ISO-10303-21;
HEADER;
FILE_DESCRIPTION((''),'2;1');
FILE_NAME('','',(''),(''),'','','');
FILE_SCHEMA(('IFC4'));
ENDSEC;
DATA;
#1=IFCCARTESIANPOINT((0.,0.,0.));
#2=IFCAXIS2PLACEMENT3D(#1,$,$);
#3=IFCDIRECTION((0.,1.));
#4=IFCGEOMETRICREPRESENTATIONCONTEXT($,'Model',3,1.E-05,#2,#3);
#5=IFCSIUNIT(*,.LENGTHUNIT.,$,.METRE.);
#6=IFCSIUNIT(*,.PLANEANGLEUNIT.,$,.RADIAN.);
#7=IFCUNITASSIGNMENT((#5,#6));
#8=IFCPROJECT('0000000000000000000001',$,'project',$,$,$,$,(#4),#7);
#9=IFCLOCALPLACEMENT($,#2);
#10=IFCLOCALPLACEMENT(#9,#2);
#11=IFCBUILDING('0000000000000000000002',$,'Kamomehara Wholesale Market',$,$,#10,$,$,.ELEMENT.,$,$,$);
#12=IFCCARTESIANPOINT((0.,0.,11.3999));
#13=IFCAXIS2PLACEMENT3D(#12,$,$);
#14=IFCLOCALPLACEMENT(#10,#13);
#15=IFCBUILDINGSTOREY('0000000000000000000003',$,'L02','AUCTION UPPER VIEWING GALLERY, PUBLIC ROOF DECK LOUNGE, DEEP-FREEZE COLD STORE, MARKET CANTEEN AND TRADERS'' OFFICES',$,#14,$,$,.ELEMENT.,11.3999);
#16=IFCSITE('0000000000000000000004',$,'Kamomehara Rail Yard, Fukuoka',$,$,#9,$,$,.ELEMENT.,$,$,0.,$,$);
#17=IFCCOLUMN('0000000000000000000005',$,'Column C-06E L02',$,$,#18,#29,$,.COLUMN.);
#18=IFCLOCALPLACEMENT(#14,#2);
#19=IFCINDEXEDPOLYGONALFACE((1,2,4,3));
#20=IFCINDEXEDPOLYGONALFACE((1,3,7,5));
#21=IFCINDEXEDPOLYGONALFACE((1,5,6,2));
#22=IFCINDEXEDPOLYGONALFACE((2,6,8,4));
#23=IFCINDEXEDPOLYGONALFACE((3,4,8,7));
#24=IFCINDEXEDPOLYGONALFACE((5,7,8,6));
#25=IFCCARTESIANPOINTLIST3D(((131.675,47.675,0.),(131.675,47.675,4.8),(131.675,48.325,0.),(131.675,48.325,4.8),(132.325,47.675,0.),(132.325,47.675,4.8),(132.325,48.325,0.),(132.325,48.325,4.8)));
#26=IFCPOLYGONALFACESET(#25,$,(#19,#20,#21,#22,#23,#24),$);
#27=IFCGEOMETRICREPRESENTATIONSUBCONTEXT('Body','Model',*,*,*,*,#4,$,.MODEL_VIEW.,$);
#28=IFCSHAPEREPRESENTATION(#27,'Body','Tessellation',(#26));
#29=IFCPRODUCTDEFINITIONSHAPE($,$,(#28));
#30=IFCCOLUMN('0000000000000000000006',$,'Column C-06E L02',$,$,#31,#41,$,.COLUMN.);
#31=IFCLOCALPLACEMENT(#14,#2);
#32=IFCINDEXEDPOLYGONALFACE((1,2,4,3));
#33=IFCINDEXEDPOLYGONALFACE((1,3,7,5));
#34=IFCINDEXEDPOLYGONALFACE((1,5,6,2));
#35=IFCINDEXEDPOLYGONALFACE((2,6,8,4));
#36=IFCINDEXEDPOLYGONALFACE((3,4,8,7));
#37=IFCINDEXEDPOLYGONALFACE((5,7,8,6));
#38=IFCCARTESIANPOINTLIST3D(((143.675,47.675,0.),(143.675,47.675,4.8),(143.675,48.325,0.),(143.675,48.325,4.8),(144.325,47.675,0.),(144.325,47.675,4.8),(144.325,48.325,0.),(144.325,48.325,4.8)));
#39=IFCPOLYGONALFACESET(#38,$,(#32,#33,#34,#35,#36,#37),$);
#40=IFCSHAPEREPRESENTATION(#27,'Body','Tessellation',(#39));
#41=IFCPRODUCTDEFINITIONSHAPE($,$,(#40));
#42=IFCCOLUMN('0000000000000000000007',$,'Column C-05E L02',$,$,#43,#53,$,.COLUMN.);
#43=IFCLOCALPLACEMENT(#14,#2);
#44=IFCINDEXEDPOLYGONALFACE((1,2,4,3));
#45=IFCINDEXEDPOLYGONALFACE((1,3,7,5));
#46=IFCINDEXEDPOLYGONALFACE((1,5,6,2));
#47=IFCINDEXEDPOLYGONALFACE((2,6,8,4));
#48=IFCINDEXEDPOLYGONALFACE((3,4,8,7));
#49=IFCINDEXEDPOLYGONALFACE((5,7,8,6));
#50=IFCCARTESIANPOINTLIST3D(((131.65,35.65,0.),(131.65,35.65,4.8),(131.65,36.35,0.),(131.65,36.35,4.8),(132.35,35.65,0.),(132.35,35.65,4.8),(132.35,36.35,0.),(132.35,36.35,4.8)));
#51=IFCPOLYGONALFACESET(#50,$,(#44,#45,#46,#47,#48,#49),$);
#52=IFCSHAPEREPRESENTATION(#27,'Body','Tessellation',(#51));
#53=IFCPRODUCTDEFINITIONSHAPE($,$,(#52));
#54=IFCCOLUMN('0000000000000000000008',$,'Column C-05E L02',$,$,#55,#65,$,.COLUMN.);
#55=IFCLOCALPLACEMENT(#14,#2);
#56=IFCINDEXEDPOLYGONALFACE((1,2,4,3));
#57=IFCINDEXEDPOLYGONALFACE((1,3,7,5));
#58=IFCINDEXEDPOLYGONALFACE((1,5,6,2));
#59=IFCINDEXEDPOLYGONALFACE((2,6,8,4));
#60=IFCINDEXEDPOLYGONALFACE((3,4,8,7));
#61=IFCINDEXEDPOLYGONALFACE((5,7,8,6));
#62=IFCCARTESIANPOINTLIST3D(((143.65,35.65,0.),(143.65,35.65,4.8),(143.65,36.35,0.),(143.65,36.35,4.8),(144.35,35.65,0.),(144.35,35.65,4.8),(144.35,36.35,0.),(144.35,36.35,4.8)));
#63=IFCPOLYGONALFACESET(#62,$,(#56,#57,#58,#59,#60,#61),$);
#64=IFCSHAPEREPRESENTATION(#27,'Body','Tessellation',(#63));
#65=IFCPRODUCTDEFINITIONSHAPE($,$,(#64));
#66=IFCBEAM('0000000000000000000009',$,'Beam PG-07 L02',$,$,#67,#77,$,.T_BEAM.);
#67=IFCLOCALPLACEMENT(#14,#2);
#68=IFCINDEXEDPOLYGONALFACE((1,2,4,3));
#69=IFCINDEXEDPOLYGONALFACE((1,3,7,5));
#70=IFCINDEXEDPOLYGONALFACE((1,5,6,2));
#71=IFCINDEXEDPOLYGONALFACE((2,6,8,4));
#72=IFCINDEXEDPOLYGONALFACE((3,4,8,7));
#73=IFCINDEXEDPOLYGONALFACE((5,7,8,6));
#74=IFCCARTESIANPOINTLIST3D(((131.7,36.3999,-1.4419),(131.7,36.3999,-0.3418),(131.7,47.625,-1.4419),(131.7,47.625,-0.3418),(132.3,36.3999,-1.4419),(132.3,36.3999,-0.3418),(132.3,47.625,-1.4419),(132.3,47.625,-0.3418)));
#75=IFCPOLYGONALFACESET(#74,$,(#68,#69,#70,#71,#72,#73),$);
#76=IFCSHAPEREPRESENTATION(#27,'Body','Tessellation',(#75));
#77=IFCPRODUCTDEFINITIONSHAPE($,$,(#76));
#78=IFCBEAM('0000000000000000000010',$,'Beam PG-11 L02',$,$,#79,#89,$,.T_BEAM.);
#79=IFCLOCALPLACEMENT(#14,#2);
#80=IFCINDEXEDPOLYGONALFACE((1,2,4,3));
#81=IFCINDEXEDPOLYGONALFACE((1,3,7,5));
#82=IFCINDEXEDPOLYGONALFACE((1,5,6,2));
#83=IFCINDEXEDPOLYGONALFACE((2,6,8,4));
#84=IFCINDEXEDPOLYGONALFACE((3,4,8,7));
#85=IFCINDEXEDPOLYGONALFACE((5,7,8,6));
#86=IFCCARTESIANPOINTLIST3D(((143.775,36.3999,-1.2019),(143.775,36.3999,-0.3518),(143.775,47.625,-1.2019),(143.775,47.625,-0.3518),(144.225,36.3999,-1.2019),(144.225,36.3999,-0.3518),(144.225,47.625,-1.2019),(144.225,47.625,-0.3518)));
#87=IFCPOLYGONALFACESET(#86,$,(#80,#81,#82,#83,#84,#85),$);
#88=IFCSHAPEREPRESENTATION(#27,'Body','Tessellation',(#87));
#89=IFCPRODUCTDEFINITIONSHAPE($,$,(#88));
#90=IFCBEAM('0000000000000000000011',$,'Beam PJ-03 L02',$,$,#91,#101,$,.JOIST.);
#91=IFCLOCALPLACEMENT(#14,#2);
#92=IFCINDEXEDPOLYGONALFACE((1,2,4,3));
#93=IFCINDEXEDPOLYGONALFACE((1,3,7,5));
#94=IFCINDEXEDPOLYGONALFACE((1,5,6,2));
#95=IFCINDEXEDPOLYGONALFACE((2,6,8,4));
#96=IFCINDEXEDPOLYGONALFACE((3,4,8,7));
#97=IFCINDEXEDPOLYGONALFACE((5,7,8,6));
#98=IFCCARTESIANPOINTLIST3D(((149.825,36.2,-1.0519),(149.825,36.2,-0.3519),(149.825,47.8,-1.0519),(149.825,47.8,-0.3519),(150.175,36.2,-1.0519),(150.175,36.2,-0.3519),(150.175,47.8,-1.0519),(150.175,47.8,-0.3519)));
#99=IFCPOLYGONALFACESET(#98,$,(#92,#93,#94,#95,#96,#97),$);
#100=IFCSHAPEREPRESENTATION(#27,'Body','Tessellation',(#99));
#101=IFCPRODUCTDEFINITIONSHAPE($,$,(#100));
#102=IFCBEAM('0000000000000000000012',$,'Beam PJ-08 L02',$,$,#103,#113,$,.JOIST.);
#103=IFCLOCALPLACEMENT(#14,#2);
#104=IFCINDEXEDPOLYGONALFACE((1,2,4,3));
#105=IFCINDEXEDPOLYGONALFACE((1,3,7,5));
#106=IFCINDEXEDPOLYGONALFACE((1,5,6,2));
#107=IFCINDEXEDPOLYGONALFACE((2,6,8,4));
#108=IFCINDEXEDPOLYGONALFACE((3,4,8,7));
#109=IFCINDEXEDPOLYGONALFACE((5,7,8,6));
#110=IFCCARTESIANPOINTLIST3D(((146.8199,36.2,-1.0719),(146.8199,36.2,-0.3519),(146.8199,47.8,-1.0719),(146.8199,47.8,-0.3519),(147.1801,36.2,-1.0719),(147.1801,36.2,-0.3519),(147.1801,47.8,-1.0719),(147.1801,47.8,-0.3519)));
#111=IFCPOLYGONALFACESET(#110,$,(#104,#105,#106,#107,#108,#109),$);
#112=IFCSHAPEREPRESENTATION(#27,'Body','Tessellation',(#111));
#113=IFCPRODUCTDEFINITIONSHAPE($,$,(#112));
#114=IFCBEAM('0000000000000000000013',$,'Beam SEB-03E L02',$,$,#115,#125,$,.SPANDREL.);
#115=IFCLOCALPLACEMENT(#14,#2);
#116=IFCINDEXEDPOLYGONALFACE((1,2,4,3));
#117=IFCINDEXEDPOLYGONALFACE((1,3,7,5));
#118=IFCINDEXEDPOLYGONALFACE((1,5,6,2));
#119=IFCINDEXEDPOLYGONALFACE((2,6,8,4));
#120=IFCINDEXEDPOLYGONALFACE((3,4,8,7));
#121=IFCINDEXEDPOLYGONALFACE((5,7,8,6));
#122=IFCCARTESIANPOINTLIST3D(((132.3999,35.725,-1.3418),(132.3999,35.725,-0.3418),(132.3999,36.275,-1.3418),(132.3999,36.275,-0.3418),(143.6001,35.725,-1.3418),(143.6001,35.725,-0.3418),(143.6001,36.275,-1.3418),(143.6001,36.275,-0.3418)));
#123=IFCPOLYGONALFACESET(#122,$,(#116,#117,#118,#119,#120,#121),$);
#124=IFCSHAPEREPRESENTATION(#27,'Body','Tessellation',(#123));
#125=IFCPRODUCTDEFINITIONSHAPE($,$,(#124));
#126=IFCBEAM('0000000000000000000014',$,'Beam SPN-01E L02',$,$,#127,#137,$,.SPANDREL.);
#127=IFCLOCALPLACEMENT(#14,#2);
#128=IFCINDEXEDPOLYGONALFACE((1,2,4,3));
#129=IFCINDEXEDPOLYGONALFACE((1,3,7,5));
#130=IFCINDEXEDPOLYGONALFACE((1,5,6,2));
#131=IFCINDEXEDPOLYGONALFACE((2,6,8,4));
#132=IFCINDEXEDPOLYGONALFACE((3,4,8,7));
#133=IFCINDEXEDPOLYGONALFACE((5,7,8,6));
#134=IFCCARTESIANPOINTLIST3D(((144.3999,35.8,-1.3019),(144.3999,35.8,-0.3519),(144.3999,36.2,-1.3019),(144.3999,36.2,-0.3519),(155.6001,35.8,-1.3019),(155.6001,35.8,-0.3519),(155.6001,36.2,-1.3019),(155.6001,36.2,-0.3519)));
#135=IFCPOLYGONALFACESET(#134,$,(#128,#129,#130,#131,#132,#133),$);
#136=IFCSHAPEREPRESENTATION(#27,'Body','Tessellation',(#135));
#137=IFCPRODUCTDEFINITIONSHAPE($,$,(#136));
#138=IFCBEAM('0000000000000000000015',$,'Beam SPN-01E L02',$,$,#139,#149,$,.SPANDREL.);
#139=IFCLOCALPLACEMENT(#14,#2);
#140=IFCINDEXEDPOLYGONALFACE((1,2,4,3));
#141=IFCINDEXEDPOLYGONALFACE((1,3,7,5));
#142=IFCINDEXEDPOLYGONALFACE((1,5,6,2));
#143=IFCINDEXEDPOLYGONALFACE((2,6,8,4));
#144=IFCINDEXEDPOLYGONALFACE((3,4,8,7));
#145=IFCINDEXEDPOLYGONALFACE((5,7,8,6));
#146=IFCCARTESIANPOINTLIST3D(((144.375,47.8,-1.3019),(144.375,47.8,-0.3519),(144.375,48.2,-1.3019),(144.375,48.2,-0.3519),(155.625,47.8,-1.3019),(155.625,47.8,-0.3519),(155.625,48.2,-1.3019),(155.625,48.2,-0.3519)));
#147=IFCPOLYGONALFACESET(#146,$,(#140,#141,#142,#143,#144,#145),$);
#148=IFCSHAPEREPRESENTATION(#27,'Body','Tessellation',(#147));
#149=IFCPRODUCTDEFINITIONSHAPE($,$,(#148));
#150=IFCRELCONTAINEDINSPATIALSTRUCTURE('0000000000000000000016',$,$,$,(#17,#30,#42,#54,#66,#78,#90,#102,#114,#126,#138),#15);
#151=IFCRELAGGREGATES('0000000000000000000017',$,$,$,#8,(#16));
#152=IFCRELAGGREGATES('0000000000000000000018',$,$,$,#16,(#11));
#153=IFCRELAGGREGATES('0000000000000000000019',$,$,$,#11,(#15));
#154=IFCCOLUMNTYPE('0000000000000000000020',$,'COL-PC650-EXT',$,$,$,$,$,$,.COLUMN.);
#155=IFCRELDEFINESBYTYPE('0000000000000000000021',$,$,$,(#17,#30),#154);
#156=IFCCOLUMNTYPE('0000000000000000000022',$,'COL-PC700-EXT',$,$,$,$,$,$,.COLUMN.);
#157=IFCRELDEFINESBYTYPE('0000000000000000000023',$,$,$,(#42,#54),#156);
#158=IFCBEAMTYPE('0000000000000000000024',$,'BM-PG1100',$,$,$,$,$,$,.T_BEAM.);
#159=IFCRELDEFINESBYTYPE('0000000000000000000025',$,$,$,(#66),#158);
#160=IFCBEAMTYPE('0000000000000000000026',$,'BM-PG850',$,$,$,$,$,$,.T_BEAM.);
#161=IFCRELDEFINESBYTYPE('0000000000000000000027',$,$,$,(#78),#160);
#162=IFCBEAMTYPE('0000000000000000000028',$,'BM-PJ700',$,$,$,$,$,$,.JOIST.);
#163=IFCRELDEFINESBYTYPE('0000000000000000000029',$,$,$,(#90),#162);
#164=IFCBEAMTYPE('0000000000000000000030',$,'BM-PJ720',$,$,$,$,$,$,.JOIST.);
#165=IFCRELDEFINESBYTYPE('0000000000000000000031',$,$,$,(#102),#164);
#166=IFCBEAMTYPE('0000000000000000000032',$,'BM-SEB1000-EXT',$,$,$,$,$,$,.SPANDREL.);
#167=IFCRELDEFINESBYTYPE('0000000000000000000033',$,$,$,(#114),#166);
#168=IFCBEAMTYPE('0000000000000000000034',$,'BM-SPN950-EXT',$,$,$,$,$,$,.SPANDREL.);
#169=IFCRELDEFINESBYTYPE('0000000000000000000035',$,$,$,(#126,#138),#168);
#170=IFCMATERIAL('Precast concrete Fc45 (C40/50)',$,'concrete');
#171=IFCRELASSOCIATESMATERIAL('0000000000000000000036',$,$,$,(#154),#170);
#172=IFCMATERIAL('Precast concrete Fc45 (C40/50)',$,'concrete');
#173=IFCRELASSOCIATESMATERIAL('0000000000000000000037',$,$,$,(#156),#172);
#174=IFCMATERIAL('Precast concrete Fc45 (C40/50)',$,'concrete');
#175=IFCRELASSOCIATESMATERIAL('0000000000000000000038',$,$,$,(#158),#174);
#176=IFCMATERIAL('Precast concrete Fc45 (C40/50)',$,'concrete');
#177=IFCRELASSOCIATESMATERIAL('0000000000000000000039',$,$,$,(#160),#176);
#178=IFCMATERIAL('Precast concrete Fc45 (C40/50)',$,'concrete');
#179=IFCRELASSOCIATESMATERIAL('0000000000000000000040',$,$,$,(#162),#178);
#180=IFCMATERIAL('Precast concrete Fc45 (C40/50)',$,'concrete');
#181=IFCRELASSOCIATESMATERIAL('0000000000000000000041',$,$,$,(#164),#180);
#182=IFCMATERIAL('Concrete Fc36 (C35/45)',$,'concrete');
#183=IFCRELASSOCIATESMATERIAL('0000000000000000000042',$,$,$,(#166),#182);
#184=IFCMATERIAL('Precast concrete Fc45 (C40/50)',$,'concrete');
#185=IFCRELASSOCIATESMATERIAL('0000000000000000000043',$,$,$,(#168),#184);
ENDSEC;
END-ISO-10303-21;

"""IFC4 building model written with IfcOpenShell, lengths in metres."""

from ifc_helpers import new_model, si_unit, direction, frame, origin, origin_2d, place, context, subcontext, project, spatial, rectangle, extrude, material, material_profile, profile_set, type_object, element, save


model = new_model("IFC4")

# Units and contexts
model_context = context("Model", 3, precision=1e-05, world=origin(), true_north=direction((0.0, 1.0)))
body_context = subcontext(model_context, "Body", "Model", "MODEL_VIEW")
ifc_project = project(units=[si_unit("LENGTHUNIT", "METRE"), si_unit("PLANEANGLEUNIT", "RADIAN")], contexts=[model_context])

# Site, building, storey
site_placement = place(None, origin())
site = spatial("IfcSite", under=ifc_project, at=site_placement, Name="Kamomehara Rail Yard, Fukuoka", CompositionType="ELEMENT", RefElevation=0.0)
building_placement = place(site_placement, origin())
building = spatial("IfcBuilding", under=site, at=building_placement, Name="Kamomehara Wholesale Market", CompositionType="ELEMENT")
storey_placement = place(building_placement, frame((0.0, 0.0, 11.3999)))
storey = spatial("IfcBuildingStorey", under=building, at=storey_placement, Name="L02", Description="AUCTION UPPER VIEWING GALLERY, PUBLIC ROOF DECK LOUNGE, DEEP-FREEZE COLD STORE, MARKET CANTEEN AND TRADERS' OFFICES", CompositionType="ELEMENT", Elevation=11.3999)

# Columns
ifc_material_1 = material(Name="Precast concrete Fc45 (C40/50)", Category="concrete")
ifc_material_profile_1 = material_profile(ifc_material_1, rectangle(XDim=0.6499, YDim=0.6499, at=origin_2d()), Name="PC-COL-650x650")
ifc_profile_set_1 = profile_set([ifc_material_profile_1], Name="Precast concrete Fc45 (C40/50)")
column_type_1 = type_object("IfcColumnType", Name="COL-PC650-EXT", PredefinedType="COLUMN", material=ifc_profile_set_1)
for number, where, z_axis, x_axis, name in (
    (1, (132.0, 48.0, 0.0), (0.0, 0.0, 1.0), (1.0, 0.0, 0.0), "Column C-06E L02"),
    (2, (144.0, 48.0, 0.0), (0.0, 0.0, 1.0), (1.0, 0.0, 0.0), "Column C-06E L02"),
):
    element("IfcColumn", number, at=place(storey_placement, frame(where, z_axis=z_axis, x_axis=x_axis)), inside=storey, type_object=column_type_1, Name=name, PredefinedType="COLUMN", context=body_context, shape_type="SweptSolid", body=[
        extrude(rectangle(XDim=0.6499, YDim=0.6499, at=origin_2d()), origin(), (0.0, 0.0, 1.0), 4.8),
    ])
ifc_material_2 = material(Name="Precast concrete Fc45 (C40/50)", Category="concrete")
ifc_material_profile_2 = material_profile(ifc_material_2, rectangle(XDim=0.7, YDim=0.7, at=origin_2d()), Name="PC-COL-700x700")
ifc_profile_set_2 = profile_set([ifc_material_profile_2], Name="Precast concrete Fc45 (C40/50)")
column_type_2 = type_object("IfcColumnType", Name="COL-PC700-EXT", PredefinedType="COLUMN", material=ifc_profile_set_2)
for number, where, z_axis, x_axis, name in (
    (3, (132.0, 36.0, 0.0), (0.0, 0.0, 1.0), (1.0, 0.0, 0.0), "Column C-05E L02"),
    (4, (144.0, 36.0, 0.0), (0.0, 0.0, 1.0), (1.0, 0.0, 0.0), "Column C-05E L02"),
):
    element("IfcColumn", number, at=place(storey_placement, frame(where, z_axis=z_axis, x_axis=x_axis)), inside=storey, type_object=column_type_2, Name=name, PredefinedType="COLUMN", context=body_context, shape_type="SweptSolid", body=[
        extrude(rectangle(XDim=0.7, YDim=0.7, at=origin_2d()), origin(), (0.0, 0.0, 1.0), 4.8),
    ])

# Beams
ifc_material_3 = material(Name="Precast concrete Fc45 (C40/50)", Category="concrete")
ifc_material_profile_3 = material_profile(ifc_material_3, rectangle(XDim=0.6001, YDim=1.1001, at=origin_2d()), Name="PC-GRD-600x1100")
ifc_profile_set_3 = profile_set([ifc_material_profile_3], Name="Precast concrete Fc45 (C40/50)")
beam_type_1 = type_object("IfcBeamType", Name="BM-PG1100", PredefinedType="T_BEAM", material=ifc_profile_set_3)
beam_1_placement = place(storey_placement, frame((132.0, 36.3999, -0.8918), z_axis=(0.0, 1.0, 0.0), x_axis=(-1.0, 0.0, 0.0)))
element("IfcBeam", 5, at=beam_1_placement, inside=storey, type_object=beam_type_1, Name="Beam PG-07 L02", PredefinedType="T_BEAM", context=body_context, shape_type="SweptSolid", body=[
    extrude(rectangle(XDim=0.6001, YDim=1.1001, at=origin_2d()), origin(), (0.0, 0.0, 1.0), 11.2251),
])
ifc_material_4 = material(Name="Precast concrete Fc45 (C40/50)", Category="concrete")
ifc_material_profile_4 = material_profile(ifc_material_4, rectangle(XDim=0.45, YDim=0.8501, at=origin_2d()), Name="PC-GRD-450x850")
ifc_profile_set_4 = profile_set([ifc_material_profile_4], Name="Precast concrete Fc45 (C40/50)")
beam_type_2 = type_object("IfcBeamType", Name="BM-PG850", PredefinedType="T_BEAM", material=ifc_profile_set_4)
beam_2_placement = place(storey_placement, frame((144.0, 36.3999, -0.7769), z_axis=(0.0, 1.0, 0.0), x_axis=(-1.0, 0.0, 0.0)))
element("IfcBeam", 6, at=beam_2_placement, inside=storey, type_object=beam_type_2, Name="Beam PG-11 L02", PredefinedType="T_BEAM", context=body_context, shape_type="SweptSolid", body=[
    extrude(rectangle(XDim=0.45, YDim=0.8501, at=origin_2d()), origin(), (0.0, 0.0, 1.0), 11.2251),
])
ifc_material_5 = material(Name="Precast concrete Fc45 (C40/50)", Category="concrete")
ifc_material_profile_5 = material_profile(ifc_material_5, rectangle(XDim=0.3501, YDim=0.7, at=origin_2d()), Name="PC-JST-350x700")
ifc_profile_set_5 = profile_set([ifc_material_profile_5], Name="Precast concrete Fc45 (C40/50)")
beam_type_3 = type_object("IfcBeamType", Name="BM-PJ700", PredefinedType="JOIST", material=ifc_profile_set_5)
beam_3_placement = place(storey_placement, frame((150.0, 36.2, -0.7019), z_axis=(0.0, 1.0, 0.0), x_axis=(-1.0, 0.0, 0.0)))
element("IfcBeam", 7, at=beam_3_placement, inside=storey, type_object=beam_type_3, Name="Beam PJ-03 L02", PredefinedType="JOIST", context=body_context, shape_type="SweptSolid", body=[
    extrude(rectangle(XDim=0.3501, YDim=0.7, at=origin_2d()), origin(), (0.0, 0.0, 1.0), 11.6001),
])
ifc_material_6 = material(Name="Precast concrete Fc45 (C40/50)", Category="concrete")
ifc_material_profile_6 = material_profile(ifc_material_6, rectangle(XDim=0.3601, YDim=0.72, at=origin_2d()), Name="PC-JST-360x720")
ifc_profile_set_6 = profile_set([ifc_material_profile_6], Name="Precast concrete Fc45 (C40/50)")
beam_type_4 = type_object("IfcBeamType", Name="BM-PJ720", PredefinedType="JOIST", material=ifc_profile_set_6)
beam_4_placement = place(storey_placement, frame((147.0, 36.2, -0.7119), z_axis=(0.0, 1.0, 0.0), x_axis=(-1.0, 0.0, 0.0)))
element("IfcBeam", 8, at=beam_4_placement, inside=storey, type_object=beam_type_4, Name="Beam PJ-08 L02", PredefinedType="JOIST", context=body_context, shape_type="SweptSolid", body=[
    extrude(rectangle(XDim=0.3601, YDim=0.72, at=origin_2d()), origin(), (0.0, 0.0, 1.0), 11.6001),
])
ifc_material_7 = material(Name="Concrete Fc36 (C35/45)", Category="concrete")
ifc_material_profile_7 = material_profile(ifc_material_7, rectangle(XDim=0.55, YDim=1.0, at=origin_2d()), Name="RC-SEB-550x1000")
ifc_profile_set_7 = profile_set([ifc_material_profile_7], Name="Concrete Fc36 (C35/45)")
beam_type_5 = type_object("IfcBeamType", Name="BM-SEB1000-EXT", PredefinedType="SPANDREL", material=ifc_profile_set_7)
beam_5_placement = place(storey_placement, frame((132.3999, 36.0, -0.8418), z_axis=(1.0, 0.0, 0.0), x_axis=(0.0, 1.0, 0.0)))
element("IfcBeam", 9, at=beam_5_placement, inside=storey, type_object=beam_type_5, Name="Beam SEB-03E L02", PredefinedType="SPANDREL", context=body_context, shape_type="SweptSolid", body=[
    extrude(rectangle(XDim=0.55, YDim=1.0, at=origin_2d()), origin(), (0.0, 0.0, 1.0), 11.2002),
])
ifc_material_8 = material(Name="Precast concrete Fc45 (C40/50)", Category="concrete")
ifc_material_profile_8 = material_profile(ifc_material_8, rectangle(XDim=0.3999, YDim=0.95, at=origin_2d()), Name="PC-SPN-400x950")
ifc_profile_set_8 = profile_set([ifc_material_profile_8], Name="Precast concrete Fc45 (C40/50)")
beam_type_6 = type_object("IfcBeamType", Name="BM-SPN950-EXT", PredefinedType="SPANDREL", material=ifc_profile_set_8)
beam_6_placement = place(storey_placement, frame((144.3999, 36.0, -0.8269), z_axis=(1.0, 0.0, 0.0), x_axis=(0.0, 1.0, 0.0)))
element("IfcBeam", 10, at=beam_6_placement, inside=storey, type_object=beam_type_6, Name="Beam SPN-01E L02", PredefinedType="SPANDREL", context=body_context, shape_type="SweptSolid", body=[
    extrude(rectangle(XDim=0.3999, YDim=0.95, at=origin_2d()), origin(), (0.0, 0.0, 1.0), 11.2002),
])
beam_7_placement = place(storey_placement, frame((144.375, 48.0, -0.8269), z_axis=(1.0, 0.0, 0.0), x_axis=(0.0, 1.0, 0.0)))
element("IfcBeam", 11, at=beam_7_placement, inside=storey, type_object=beam_type_6, Name="Beam SPN-01E L02", PredefinedType="SPANDREL", context=body_context, shape_type="SweptSolid", body=[
    extrude(rectangle(XDim=0.3999, YDim=0.95, at=origin_2d()), origin(), (0.0, 0.0, 1.0), 11.25),
])

save(model, "model.ifc")
